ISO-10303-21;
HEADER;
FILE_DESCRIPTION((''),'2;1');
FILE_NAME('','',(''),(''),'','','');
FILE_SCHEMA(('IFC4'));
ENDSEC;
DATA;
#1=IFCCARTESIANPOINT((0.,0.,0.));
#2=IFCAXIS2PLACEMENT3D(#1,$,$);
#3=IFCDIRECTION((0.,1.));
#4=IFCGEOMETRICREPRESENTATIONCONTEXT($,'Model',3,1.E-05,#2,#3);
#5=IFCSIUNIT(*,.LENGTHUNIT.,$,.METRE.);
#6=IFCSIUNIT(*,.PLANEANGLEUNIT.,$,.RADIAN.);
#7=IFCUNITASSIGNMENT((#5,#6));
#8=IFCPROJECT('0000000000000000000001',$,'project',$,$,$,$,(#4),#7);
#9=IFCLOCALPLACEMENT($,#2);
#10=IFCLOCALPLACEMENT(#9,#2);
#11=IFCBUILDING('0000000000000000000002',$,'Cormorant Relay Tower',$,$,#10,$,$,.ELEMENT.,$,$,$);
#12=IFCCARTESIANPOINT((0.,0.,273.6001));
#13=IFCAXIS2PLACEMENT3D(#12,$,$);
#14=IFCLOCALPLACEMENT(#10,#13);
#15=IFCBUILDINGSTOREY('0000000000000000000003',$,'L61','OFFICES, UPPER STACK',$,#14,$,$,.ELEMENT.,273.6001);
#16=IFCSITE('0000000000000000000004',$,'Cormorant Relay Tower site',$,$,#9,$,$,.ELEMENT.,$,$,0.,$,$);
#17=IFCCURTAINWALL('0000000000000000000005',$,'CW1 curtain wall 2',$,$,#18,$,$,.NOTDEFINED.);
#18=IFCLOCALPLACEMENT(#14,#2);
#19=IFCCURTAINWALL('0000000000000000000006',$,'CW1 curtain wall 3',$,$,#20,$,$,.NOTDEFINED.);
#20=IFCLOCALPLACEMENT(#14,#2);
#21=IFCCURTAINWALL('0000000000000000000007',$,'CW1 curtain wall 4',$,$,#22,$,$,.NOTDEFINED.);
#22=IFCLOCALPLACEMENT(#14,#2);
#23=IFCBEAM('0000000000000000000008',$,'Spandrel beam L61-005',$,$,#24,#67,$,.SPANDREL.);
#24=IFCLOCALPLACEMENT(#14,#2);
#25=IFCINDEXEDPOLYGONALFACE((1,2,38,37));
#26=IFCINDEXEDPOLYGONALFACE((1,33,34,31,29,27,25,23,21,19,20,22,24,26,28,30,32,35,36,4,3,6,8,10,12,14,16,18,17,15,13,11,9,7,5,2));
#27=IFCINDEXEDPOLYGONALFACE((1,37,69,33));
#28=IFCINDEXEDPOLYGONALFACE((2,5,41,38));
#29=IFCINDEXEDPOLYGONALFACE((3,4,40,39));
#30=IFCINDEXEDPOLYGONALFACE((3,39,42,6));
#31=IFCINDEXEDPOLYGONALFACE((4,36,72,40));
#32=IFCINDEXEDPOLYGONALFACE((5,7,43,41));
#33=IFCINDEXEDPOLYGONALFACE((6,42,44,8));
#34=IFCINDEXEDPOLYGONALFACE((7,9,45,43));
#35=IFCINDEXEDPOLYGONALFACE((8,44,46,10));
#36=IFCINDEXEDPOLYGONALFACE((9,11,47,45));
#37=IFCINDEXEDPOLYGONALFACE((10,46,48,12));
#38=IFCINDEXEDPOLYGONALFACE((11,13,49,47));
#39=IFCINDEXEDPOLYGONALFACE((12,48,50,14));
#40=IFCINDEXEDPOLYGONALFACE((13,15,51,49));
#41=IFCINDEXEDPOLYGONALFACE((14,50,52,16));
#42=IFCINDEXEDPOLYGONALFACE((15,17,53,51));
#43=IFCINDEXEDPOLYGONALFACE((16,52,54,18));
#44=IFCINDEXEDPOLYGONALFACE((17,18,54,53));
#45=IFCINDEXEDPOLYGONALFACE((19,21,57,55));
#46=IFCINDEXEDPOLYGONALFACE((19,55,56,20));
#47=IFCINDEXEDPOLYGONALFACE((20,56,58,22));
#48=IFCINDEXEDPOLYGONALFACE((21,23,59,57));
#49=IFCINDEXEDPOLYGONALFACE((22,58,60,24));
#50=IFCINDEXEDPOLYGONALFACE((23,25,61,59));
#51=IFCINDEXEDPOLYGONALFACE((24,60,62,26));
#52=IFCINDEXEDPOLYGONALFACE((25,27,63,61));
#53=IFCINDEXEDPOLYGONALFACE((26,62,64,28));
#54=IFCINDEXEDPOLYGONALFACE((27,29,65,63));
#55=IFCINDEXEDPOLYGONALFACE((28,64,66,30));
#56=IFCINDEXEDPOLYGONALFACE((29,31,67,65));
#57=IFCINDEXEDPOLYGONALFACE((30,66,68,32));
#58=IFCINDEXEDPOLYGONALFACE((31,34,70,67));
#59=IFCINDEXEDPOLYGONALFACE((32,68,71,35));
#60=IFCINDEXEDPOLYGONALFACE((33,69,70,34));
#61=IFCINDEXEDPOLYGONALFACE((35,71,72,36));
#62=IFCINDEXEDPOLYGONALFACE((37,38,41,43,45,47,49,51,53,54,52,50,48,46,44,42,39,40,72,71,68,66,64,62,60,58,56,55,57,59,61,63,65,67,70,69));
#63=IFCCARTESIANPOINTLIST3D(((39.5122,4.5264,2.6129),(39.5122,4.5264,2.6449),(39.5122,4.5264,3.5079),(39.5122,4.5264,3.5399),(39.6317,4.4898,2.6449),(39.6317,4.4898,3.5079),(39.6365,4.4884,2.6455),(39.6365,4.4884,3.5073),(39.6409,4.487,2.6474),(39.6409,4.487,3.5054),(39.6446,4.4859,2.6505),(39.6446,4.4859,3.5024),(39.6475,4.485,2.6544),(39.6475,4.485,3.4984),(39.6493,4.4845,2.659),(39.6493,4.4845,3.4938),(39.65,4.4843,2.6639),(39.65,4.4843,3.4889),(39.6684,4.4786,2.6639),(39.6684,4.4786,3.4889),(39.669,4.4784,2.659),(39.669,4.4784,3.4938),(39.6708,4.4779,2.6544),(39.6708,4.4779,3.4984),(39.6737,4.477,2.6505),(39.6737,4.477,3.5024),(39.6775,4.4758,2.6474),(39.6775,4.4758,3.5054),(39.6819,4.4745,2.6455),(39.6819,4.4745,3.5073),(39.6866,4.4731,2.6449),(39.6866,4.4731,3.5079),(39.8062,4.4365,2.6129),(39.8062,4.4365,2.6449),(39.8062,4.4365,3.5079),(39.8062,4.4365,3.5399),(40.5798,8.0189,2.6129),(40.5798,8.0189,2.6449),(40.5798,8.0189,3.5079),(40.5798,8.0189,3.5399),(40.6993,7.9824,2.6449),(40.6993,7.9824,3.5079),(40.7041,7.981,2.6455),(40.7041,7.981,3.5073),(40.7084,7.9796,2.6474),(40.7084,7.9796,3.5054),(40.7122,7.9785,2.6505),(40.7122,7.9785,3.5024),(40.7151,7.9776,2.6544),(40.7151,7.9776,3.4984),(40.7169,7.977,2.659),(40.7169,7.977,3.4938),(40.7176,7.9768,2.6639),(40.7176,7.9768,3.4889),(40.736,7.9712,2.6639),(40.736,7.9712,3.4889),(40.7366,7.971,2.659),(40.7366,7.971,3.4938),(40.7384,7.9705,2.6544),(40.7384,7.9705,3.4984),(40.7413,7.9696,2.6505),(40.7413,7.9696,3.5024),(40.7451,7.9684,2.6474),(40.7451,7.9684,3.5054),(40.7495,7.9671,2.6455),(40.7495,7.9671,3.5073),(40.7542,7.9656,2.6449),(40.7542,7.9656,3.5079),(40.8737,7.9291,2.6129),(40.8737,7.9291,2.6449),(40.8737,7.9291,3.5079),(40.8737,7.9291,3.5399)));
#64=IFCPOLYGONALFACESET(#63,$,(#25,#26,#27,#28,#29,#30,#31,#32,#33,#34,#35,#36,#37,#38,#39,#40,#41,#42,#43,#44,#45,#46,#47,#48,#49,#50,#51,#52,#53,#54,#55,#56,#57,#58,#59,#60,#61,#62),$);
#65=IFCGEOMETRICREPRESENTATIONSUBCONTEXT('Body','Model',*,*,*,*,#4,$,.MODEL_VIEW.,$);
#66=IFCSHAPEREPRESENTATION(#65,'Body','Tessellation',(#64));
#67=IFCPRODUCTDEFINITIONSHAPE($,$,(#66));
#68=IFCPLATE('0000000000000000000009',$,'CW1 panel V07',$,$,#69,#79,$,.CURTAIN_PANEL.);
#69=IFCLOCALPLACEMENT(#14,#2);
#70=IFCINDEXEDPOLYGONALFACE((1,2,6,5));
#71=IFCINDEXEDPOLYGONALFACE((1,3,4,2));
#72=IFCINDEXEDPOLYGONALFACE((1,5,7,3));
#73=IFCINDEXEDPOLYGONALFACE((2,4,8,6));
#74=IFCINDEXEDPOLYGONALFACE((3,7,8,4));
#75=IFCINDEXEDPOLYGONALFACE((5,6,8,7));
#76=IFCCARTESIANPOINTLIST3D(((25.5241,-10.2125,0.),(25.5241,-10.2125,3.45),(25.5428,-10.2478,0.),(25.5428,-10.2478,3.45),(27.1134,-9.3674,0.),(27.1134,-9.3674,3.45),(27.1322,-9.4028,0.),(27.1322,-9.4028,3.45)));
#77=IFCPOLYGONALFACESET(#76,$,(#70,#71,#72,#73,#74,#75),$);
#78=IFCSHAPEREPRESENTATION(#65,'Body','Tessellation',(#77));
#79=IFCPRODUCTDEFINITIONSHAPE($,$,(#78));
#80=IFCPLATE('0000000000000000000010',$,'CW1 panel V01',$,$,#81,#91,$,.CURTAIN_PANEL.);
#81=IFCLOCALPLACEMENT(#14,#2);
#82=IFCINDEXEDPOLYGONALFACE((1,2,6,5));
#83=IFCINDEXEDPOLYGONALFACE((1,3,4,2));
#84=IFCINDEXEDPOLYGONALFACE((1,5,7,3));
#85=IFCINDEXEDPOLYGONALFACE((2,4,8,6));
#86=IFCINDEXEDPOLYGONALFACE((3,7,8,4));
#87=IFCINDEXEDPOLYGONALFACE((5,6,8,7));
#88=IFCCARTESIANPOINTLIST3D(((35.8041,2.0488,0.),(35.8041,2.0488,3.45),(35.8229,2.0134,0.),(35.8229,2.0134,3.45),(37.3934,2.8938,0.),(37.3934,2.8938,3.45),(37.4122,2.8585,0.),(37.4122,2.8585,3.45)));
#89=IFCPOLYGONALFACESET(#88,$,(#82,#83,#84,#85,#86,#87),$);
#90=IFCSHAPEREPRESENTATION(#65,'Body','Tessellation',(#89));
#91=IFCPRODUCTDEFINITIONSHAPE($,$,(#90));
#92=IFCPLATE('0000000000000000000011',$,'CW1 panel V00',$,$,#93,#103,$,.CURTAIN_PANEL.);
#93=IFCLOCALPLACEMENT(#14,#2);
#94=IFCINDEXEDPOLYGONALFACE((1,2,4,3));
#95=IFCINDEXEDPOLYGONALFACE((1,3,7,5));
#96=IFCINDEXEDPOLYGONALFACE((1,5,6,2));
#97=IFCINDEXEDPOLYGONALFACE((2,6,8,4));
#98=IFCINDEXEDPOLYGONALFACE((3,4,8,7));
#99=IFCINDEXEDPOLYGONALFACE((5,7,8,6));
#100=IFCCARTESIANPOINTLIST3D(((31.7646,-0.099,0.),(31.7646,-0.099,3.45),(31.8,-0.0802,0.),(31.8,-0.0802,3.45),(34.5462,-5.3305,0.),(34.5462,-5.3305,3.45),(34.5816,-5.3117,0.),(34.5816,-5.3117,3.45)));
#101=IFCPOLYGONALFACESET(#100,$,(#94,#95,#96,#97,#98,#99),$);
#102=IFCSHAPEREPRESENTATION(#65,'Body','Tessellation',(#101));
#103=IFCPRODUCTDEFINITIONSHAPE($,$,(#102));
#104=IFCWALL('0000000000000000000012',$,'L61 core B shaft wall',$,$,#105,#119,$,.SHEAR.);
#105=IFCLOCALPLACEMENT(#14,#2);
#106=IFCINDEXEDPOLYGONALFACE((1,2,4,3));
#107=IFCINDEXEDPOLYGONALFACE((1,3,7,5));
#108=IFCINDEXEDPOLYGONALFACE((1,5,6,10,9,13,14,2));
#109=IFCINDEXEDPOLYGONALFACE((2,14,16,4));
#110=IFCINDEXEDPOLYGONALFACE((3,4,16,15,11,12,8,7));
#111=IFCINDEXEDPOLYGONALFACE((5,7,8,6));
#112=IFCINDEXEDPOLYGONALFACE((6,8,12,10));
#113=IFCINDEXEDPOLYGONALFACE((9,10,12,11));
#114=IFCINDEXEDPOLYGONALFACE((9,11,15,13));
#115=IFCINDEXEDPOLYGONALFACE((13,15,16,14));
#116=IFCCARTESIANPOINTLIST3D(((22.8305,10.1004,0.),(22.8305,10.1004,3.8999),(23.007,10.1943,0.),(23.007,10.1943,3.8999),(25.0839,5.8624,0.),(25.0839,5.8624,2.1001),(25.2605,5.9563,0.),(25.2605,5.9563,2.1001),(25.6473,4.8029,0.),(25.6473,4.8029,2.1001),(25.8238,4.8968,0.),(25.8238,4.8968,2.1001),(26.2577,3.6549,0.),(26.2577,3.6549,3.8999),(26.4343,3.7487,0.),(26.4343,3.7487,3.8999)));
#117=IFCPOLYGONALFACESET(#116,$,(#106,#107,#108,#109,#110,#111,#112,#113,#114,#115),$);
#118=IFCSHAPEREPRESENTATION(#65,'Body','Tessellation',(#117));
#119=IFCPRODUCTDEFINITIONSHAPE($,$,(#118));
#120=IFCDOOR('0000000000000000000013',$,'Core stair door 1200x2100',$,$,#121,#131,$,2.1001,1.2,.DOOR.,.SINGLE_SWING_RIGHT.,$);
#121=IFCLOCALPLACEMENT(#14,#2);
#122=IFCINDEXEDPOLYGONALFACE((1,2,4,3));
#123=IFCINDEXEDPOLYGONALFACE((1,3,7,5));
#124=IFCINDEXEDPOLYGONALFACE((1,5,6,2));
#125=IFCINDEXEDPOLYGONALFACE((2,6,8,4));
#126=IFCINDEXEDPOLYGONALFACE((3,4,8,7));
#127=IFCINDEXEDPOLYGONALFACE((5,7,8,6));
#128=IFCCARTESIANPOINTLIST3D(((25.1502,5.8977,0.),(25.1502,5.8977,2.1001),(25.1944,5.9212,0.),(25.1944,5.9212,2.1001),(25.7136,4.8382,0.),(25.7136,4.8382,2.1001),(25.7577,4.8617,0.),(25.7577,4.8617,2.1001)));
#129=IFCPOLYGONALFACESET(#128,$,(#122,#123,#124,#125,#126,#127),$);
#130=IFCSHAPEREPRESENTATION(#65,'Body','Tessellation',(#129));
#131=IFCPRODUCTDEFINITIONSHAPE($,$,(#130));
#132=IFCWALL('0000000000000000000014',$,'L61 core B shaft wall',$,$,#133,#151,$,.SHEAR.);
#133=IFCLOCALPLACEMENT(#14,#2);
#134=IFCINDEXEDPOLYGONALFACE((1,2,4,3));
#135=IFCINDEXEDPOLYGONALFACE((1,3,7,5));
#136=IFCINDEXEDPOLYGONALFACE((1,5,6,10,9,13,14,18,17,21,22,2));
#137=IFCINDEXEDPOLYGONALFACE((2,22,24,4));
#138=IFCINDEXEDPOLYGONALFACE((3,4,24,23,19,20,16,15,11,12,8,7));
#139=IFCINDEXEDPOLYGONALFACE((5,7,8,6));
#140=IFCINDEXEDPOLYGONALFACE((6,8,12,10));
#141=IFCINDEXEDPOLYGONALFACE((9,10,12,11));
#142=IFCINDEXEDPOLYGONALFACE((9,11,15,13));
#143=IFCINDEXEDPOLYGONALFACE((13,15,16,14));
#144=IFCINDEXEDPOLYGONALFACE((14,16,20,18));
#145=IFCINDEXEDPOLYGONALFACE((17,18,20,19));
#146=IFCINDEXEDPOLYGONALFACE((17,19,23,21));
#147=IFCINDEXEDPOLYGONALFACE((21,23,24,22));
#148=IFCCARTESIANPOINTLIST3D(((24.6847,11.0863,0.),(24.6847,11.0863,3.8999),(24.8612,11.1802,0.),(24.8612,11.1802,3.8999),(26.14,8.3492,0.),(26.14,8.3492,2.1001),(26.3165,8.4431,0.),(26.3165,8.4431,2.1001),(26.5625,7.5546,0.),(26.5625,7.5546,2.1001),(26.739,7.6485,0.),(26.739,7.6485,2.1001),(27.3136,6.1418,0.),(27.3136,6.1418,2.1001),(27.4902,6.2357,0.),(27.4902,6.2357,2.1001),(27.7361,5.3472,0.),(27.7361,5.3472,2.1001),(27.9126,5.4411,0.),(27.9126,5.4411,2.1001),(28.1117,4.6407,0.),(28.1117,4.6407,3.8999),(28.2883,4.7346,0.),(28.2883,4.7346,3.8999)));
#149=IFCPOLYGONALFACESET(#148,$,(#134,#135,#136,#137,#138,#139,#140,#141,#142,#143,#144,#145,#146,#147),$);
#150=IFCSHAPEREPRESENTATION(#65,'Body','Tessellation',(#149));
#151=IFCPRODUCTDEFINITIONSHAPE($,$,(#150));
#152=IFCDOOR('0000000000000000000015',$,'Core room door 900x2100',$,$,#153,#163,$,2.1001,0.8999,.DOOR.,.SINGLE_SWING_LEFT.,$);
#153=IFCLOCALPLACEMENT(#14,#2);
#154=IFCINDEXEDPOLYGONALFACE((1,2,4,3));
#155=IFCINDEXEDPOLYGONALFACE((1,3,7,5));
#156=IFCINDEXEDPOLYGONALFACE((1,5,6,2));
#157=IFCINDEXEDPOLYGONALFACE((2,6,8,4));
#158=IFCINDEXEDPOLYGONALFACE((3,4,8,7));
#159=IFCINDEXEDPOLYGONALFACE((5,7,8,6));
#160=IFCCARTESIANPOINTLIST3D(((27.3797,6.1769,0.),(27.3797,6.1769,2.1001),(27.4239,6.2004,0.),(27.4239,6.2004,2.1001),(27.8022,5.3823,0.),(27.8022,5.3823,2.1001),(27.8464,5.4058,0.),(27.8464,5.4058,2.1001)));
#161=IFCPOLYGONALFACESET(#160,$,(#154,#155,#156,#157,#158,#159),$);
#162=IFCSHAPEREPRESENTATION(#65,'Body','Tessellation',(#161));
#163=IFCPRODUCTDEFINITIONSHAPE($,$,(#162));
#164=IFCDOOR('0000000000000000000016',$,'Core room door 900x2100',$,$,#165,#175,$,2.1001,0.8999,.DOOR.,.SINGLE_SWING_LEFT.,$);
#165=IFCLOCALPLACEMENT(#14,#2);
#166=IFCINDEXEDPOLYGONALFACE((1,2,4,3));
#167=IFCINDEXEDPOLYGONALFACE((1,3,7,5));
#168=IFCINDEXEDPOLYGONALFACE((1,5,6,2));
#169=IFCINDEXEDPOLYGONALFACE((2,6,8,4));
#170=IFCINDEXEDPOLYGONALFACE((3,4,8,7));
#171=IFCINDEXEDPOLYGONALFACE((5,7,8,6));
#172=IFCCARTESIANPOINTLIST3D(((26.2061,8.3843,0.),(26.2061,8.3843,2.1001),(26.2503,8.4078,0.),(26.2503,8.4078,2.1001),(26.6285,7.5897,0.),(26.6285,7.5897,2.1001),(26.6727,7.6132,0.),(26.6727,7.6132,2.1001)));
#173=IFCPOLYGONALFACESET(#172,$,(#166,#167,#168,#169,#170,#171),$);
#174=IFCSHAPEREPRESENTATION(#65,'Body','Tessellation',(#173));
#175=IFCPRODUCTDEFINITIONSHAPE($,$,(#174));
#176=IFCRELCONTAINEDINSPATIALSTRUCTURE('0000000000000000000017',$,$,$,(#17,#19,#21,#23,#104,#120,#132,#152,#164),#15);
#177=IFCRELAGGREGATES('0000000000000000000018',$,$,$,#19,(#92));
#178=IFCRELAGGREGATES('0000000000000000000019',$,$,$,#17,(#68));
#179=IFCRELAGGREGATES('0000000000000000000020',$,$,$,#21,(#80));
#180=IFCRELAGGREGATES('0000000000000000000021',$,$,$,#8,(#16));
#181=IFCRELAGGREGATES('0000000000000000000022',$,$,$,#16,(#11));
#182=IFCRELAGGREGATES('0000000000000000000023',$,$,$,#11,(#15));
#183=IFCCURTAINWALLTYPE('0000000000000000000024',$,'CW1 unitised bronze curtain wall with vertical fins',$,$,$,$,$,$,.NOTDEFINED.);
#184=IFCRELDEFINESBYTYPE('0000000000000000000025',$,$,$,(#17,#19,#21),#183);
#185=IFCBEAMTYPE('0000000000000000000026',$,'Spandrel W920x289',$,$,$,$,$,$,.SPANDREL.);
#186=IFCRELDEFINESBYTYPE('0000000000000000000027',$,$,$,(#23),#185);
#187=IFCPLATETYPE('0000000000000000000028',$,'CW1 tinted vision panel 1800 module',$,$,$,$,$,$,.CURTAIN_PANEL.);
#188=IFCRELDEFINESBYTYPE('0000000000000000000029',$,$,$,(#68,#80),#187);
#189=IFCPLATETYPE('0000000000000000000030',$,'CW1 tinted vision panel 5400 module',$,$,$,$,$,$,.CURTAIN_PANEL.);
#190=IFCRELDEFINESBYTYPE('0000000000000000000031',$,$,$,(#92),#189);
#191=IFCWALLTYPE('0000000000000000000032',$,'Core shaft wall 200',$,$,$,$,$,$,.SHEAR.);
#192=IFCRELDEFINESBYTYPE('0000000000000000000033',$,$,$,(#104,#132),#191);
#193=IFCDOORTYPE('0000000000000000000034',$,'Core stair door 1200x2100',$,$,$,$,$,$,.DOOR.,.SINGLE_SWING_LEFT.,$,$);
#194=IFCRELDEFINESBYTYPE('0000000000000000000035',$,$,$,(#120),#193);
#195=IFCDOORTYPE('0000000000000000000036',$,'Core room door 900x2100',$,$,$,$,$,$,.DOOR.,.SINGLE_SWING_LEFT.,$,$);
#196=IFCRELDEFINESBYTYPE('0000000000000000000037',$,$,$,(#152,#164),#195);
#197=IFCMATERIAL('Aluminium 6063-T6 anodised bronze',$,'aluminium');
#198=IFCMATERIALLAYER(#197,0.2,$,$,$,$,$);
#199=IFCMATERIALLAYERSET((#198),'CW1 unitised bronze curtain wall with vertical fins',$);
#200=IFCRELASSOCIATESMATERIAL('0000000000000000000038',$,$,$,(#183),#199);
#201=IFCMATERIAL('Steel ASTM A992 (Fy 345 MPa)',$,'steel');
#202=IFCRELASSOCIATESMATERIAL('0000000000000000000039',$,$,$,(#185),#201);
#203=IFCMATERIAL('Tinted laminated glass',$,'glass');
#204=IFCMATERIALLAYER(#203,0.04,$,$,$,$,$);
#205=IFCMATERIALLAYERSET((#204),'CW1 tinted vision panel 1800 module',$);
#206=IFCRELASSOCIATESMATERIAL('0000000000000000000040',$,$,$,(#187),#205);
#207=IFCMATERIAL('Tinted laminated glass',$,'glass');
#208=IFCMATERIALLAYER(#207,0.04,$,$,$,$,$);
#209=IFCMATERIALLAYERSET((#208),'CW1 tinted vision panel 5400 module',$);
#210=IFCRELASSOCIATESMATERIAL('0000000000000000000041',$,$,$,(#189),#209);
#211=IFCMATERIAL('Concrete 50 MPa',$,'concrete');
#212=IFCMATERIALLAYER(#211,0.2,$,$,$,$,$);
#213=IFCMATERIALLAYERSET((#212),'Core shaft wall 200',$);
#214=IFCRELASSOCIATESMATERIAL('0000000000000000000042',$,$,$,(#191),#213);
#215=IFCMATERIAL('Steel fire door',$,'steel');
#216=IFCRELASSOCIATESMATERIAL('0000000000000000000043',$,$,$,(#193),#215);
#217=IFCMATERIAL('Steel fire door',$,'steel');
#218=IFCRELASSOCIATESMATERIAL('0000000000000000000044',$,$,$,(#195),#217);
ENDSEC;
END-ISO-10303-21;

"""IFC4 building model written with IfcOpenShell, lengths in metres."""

from ifc_helpers import new_model, si_unit, direction, frame, frame_2d, origin, origin_2d, place, context, subcontext, project, spatial, rectangle, i_section, extrude, material, layer, layer_set, material_profile, profile_set, type_object, element, fill, aggregate, save


model = new_model("IFC4")

# Units and contexts
model_context = context("Model", 3, precision=1e-05, world=origin(), true_north=direction((0.0, 1.0)))
body_context = subcontext(model_context, "Body", "Model", "MODEL_VIEW")
ifc_project = project(units=[si_unit("LENGTHUNIT", "METRE"), si_unit("PLANEANGLEUNIT", "RADIAN")], contexts=[model_context])

# Site, building, storey
site_placement = place(None, origin())
site = spatial("IfcSite", under=ifc_project, at=site_placement, Name="Cormorant Relay Tower site", CompositionType="ELEMENT", RefElevation=0.0)
building_placement = place(site_placement, origin())
building = spatial("IfcBuilding", under=site, at=building_placement, Name="Cormorant Relay Tower", CompositionType="ELEMENT")
storey_placement = place(building_placement, frame((0.0, 0.0, 273.6001)))
storey = spatial("IfcBuildingStorey", under=building, at=storey_placement, Name="L61", Description="OFFICES, UPPER STACK", CompositionType="ELEMENT", Elevation=273.6001)

# Curtain walls
ifc_material_1 = material(Name="Aluminium 6063-T6 anodised bronze", Category="aluminium")
ifc_layer_1 = layer(ifc_material_1, 0.2)
ifc_layer_set_1 = layer_set([ifc_layer_1], Name="CW1 unitised bronze curtain wall with vertical fins")
curtain_wall_type = type_object("IfcCurtainWallType", Name="CW1 unitised bronze curtain wall with vertical fins", PredefinedType="NOTDEFINED", material=ifc_layer_set_1)
curtain_wall_1_placement = place(storey_placement, origin())
curtain_wall_1 = element("IfcCurtainWall", 1, at=curtain_wall_1_placement, inside=storey, type_object=curtain_wall_type, Name="CW1 curtain wall 2", PredefinedType="NOTDEFINED")
curtain_wall_2_placement = place(storey_placement, origin())
curtain_wall_2 = element("IfcCurtainWall", 2, at=curtain_wall_2_placement, inside=storey, type_object=curtain_wall_type, Name="CW1 curtain wall 3", PredefinedType="NOTDEFINED")

# Curtain wall
curtain_wall_3_placement = place(storey_placement, origin())
curtain_wall_3 = element("IfcCurtainWall", 3, at=curtain_wall_3_placement, inside=storey, type_object=curtain_wall_type, Name="CW1 curtain wall 4", PredefinedType="NOTDEFINED")

# Beam
ifc_material_2 = material(Name="Steel ASTM A992 (Fy 345 MPa)", Category="steel")
ifc_material_profile_1 = material_profile(ifc_material_2, i_section(OverallWidth=0.3074, OverallDepth=0.927, WebThickness=0.0193, FlangeThickness=0.032, FilletRadius=0.019, at=origin_2d()), Name="W920x289")
ifc_profile_set_1 = profile_set([ifc_material_profile_1], Name="Steel ASTM A992 (Fy 345 MPa)")
beam_type = type_object("IfcBeamType", Name="Spandrel W920x289", PredefinedType="SPANDREL", material=ifc_profile_set_1)
beam_1_placement = place(storey_placement, frame((39.6592, 4.4814, 3.0764), z_axis=(0.292324, 0.956319, 0.0), x_axis=(-0.956319, 0.292324, 0.0)))
element("IfcBeam", 4, at=beam_1_placement, inside=storey, type_object=beam_type, Name="Spandrel beam L61-005", PredefinedType="SPANDREL", context=body_context, shape_type="SweptSolid", body=[
    extrude(i_section(OverallWidth=0.3074, OverallDepth=0.927, WebThickness=0.0193, FlangeThickness=0.032, FilletRadius=0.019, at=origin_2d()), origin(), (0.0, 0.0, 1.0), 3.6521),
])

# Plates
ifc_material_3 = material(Name="Tinted laminated glass", Category="glass")
ifc_layer_2 = layer(ifc_material_3, 0.04)
ifc_layer_set_2 = layer_set([ifc_layer_2], Name="CW1 tinted vision panel 1800 module")
plate_type_1 = type_object("IfcPlateType", Name="CW1 tinted vision panel 1800 module", PredefinedType="CURTAIN_PANEL", material=ifc_layer_set_2)
plate_1_placement = place(storey_placement, frame((26.3281, -9.8076, 0.0), z_axis=(0.0, 0.0, 1.0), x_axis=(0.882948, 0.469472, 0.0)))
plate_1 = element("IfcPlate", 5, at=plate_1_placement, type_object=plate_type_1, Name="CW1 panel V07", PredefinedType="CURTAIN_PANEL", context=body_context, shape_type="SweptSolid", body=[
    extrude(rectangle(XDim=1.8, YDim=0.04, at=origin_2d()), origin(), (0.0, 0.0, 1.0), 3.45),
])
plate_2_placement = place(storey_placement, frame((36.6082, 2.4536, 0.0), z_axis=(0.0, 0.0, 1.0), x_axis=(0.882948, 0.469472, 0.0)))
plate_2 = element("IfcPlate", 6, at=plate_2_placement, type_object=plate_type_1, Name="CW1 panel V01", PredefinedType="CURTAIN_PANEL", context=body_context, shape_type="SweptSolid", body=[
    extrude(rectangle(XDim=1.8, YDim=0.04, at=origin_2d()), origin(), (0.0, 0.0, 1.0), 3.45),
])
ifc_material_4 = material(Name="Tinted laminated glass", Category="glass")
ifc_layer_3 = layer(ifc_material_4, 0.04)
ifc_layer_set_3 = layer_set([ifc_layer_3], Name="CW1 tinted vision panel 5400 module")
plate_type_2 = type_object("IfcPlateType", Name="CW1 tinted vision panel 5400 module", PredefinedType="CURTAIN_PANEL", material=ifc_layer_set_3)
plate_3_placement = place(storey_placement, frame((33.1731, -2.7053, 0.0), z_axis=(0.0, 0.0, 1.0), x_axis=(-0.469472, 0.882948, 0.0)))
plate_3 = element("IfcPlate", 7, at=plate_3_placement, type_object=plate_type_2, Name="CW1 panel V00", PredefinedType="CURTAIN_PANEL", context=body_context, shape_type="SweptSolid", body=[
    extrude(rectangle(XDim=5.925, YDim=0.04, at=origin_2d()), origin(), (0.0, 0.0, 1.0), 3.45),
])
aggregate(curtain_wall_2, [plate_3])

# Wall, opening, door
ifc_material_5 = material(Name="Concrete 50 MPa", Category="concrete")
ifc_layer_4 = layer(ifc_material_5, 0.2)
ifc_layer_set_4 = layer_set([ifc_layer_4], Name="Core shaft wall 200")
wall_type_1 = type_object("IfcWallType", Name="Core shaft wall 200", PredefinedType="SHEAR", material=ifc_layer_set_4)
wall_1_placement = place(storey_placement, frame((26.3459, 3.7019, 0.0), z_axis=(0.0, 0.0, 1.0), x_axis=(-0.46948, 0.882943, 0.0)))
wall_1 = element("IfcWall", 8, at=wall_1_placement, inside=storey, type_object=wall_type_1, Name="L61 core B shaft wall", PredefinedType="SHEAR", context=body_context, shape_type="SweptSolid", body=[
    extrude(rectangle(XDim=7.3, YDim=0.2, at=frame_2d((3.6499, 0.0))), origin(), (0.0, 0.0, 1.0), 3.8999),
])
opening_1_placement = place(wall_1_placement, frame((1.3, 0.0, 0.0)))
opening_1 = element("IfcOpeningElement", 9, at=opening_1_placement, cuts=wall_1, PredefinedType="OPENING", context=body_context, shape_type="SweptSolid", body=[
    extrude(rectangle(XDim=1.2, YDim=2.1001, at=frame_2d((0.6001, 1.05))), frame((0.0, 0.1099, 0.0), z_axis=(0.0, -1.0, 0.0), x_axis=(1.0, 0.0, 0.0)), (0.0, 0.0, 1.0), 0.22),
])
ifc_material_6 = material(Name="Steel fire door", Category="steel")
door_type_1 = type_object("IfcDoorType", Name="Core stair door 1200x2100", OperationType="SINGLE_SWING_LEFT", PredefinedType="DOOR", material=ifc_material_6)
door_1_placement = place(opening_1_placement, origin())
door_1 = element("IfcDoor", 10, at=door_1_placement, inside=storey, type_object=door_type_1, Name="Core stair door 1200x2100", OperationType="SINGLE_SWING_RIGHT", OverallHeight=2.1001, OverallWidth=1.2, PredefinedType="DOOR", context=body_context, shape_type="SweptSolid", body=[
    extrude(rectangle(XDim=1.2, YDim=2.1001, at=frame_2d((0.6001, 1.05))), frame((0.0, 0.0249, 0.0), z_axis=(0.0, -1.0, 0.0), x_axis=(1.0, 0.0, 0.0)), (0.0, 0.0, 1.0), 0.05),
])
fill(opening_1, door_1)

# Wall, openings, doors
wall_2_placement = place(storey_placement, frame((28.2, 4.6877, 0.0), z_axis=(0.0, 0.0, 1.0), x_axis=(-0.469454, 0.882957, 0.0)))
wall_2 = element("IfcWall", 11, at=wall_2_placement, inside=storey, type_object=wall_type_1, Name="L61 core B shaft wall", PredefinedType="SHEAR", context=body_context, shape_type="SweptSolid", body=[
    extrude(rectangle(XDim=7.3, YDim=0.2, at=frame_2d((3.6499, 0.0))), origin(), (0.0, 0.0, 1.0), 3.8999),
])
opening_2_placement = place(wall_2_placement, frame((0.8, 0.0, 0.0)))
opening_2 = element("IfcOpeningElement", 12, at=opening_2_placement, cuts=wall_2, PredefinedType="OPENING", context=body_context, shape_type="SweptSolid", body=[
    extrude(rectangle(XDim=0.8999, YDim=2.1001, at=frame_2d((0.45, 1.05))), frame((0.0, 0.1099, 0.0), z_axis=(0.0, -1.0, 0.0), x_axis=(1.0, 0.0, 0.0)), (0.0, 0.0, 1.0), 0.22),
])
opening_3_placement = place(wall_2_placement, frame((3.3, 0.0, 0.0)))
opening_3 = element("IfcOpeningElement", 13, at=opening_3_placement, cuts=wall_2, PredefinedType="OPENING", context=body_context, shape_type="SweptSolid", body=[
    extrude(rectangle(XDim=0.8999, YDim=2.1001, at=frame_2d((0.45, 1.05))), frame((0.0, 0.1099, 0.0), z_axis=(0.0, -1.0, 0.0), x_axis=(1.0, 0.0, 0.0)), (0.0, 0.0, 1.0), 0.22),
])
ifc_material_7 = material(Name="Steel fire door", Category="steel")
door_type_2 = type_object("IfcDoorType", Name="Core room door 900x2100", OperationType="SINGLE_SWING_LEFT", PredefinedType="DOOR", material=ifc_material_7)
door_2_placement = place(opening_2_placement, frame((0.8999, 0.0, 0.0), z_axis=(0.0, 0.0, 1.0), x_axis=(-1.0, 0.0, 0.0)))
door_2 = element("IfcDoor", 14, at=door_2_placement, inside=storey, type_object=door_type_2, Name="Core room door 900x2100", OperationType="SINGLE_SWING_LEFT", OverallHeight=2.1001, OverallWidth=0.8999, PredefinedType="DOOR", context=body_context, shape_type="SweptSolid", body=[
    extrude(rectangle(XDim=0.8999, YDim=2.1001, at=frame_2d((0.45, 1.05))), frame((0.0, 0.0249, 0.0), z_axis=(0.0, -1.0, 0.0), x_axis=(1.0, 0.0, 0.0)), (0.0, 0.0, 1.0), 0.05),
])
fill(opening_2, door_2)
door_3_placement = place(opening_3_placement, frame((0.8999, 0.0, 0.0), z_axis=(0.0, 0.0, 1.0), x_axis=(-1.0, 0.0, 0.0)))
door_3 = element("IfcDoor", 15, at=door_3_placement, inside=storey, type_object=door_type_2, Name="Core room door 900x2100", OperationType="SINGLE_SWING_LEFT", OverallHeight=2.1001, OverallWidth=0.8999, PredefinedType="DOOR", context=body_context, shape_type="SweptSolid", body=[
    extrude(rectangle(XDim=0.8999, YDim=2.1001, at=frame_2d((0.45, 1.05))), frame((0.0, 0.0249, 0.0), z_axis=(0.0, -1.0, 0.0), x_axis=(1.0, 0.0, 0.0)), (0.0, 0.0, 1.0), 0.05),
])
fill(opening_3, door_3)

aggregate(curtain_wall_1, [plate_1])
aggregate(curtain_wall_3, [plate_2])

save(model, "model.ifc")
